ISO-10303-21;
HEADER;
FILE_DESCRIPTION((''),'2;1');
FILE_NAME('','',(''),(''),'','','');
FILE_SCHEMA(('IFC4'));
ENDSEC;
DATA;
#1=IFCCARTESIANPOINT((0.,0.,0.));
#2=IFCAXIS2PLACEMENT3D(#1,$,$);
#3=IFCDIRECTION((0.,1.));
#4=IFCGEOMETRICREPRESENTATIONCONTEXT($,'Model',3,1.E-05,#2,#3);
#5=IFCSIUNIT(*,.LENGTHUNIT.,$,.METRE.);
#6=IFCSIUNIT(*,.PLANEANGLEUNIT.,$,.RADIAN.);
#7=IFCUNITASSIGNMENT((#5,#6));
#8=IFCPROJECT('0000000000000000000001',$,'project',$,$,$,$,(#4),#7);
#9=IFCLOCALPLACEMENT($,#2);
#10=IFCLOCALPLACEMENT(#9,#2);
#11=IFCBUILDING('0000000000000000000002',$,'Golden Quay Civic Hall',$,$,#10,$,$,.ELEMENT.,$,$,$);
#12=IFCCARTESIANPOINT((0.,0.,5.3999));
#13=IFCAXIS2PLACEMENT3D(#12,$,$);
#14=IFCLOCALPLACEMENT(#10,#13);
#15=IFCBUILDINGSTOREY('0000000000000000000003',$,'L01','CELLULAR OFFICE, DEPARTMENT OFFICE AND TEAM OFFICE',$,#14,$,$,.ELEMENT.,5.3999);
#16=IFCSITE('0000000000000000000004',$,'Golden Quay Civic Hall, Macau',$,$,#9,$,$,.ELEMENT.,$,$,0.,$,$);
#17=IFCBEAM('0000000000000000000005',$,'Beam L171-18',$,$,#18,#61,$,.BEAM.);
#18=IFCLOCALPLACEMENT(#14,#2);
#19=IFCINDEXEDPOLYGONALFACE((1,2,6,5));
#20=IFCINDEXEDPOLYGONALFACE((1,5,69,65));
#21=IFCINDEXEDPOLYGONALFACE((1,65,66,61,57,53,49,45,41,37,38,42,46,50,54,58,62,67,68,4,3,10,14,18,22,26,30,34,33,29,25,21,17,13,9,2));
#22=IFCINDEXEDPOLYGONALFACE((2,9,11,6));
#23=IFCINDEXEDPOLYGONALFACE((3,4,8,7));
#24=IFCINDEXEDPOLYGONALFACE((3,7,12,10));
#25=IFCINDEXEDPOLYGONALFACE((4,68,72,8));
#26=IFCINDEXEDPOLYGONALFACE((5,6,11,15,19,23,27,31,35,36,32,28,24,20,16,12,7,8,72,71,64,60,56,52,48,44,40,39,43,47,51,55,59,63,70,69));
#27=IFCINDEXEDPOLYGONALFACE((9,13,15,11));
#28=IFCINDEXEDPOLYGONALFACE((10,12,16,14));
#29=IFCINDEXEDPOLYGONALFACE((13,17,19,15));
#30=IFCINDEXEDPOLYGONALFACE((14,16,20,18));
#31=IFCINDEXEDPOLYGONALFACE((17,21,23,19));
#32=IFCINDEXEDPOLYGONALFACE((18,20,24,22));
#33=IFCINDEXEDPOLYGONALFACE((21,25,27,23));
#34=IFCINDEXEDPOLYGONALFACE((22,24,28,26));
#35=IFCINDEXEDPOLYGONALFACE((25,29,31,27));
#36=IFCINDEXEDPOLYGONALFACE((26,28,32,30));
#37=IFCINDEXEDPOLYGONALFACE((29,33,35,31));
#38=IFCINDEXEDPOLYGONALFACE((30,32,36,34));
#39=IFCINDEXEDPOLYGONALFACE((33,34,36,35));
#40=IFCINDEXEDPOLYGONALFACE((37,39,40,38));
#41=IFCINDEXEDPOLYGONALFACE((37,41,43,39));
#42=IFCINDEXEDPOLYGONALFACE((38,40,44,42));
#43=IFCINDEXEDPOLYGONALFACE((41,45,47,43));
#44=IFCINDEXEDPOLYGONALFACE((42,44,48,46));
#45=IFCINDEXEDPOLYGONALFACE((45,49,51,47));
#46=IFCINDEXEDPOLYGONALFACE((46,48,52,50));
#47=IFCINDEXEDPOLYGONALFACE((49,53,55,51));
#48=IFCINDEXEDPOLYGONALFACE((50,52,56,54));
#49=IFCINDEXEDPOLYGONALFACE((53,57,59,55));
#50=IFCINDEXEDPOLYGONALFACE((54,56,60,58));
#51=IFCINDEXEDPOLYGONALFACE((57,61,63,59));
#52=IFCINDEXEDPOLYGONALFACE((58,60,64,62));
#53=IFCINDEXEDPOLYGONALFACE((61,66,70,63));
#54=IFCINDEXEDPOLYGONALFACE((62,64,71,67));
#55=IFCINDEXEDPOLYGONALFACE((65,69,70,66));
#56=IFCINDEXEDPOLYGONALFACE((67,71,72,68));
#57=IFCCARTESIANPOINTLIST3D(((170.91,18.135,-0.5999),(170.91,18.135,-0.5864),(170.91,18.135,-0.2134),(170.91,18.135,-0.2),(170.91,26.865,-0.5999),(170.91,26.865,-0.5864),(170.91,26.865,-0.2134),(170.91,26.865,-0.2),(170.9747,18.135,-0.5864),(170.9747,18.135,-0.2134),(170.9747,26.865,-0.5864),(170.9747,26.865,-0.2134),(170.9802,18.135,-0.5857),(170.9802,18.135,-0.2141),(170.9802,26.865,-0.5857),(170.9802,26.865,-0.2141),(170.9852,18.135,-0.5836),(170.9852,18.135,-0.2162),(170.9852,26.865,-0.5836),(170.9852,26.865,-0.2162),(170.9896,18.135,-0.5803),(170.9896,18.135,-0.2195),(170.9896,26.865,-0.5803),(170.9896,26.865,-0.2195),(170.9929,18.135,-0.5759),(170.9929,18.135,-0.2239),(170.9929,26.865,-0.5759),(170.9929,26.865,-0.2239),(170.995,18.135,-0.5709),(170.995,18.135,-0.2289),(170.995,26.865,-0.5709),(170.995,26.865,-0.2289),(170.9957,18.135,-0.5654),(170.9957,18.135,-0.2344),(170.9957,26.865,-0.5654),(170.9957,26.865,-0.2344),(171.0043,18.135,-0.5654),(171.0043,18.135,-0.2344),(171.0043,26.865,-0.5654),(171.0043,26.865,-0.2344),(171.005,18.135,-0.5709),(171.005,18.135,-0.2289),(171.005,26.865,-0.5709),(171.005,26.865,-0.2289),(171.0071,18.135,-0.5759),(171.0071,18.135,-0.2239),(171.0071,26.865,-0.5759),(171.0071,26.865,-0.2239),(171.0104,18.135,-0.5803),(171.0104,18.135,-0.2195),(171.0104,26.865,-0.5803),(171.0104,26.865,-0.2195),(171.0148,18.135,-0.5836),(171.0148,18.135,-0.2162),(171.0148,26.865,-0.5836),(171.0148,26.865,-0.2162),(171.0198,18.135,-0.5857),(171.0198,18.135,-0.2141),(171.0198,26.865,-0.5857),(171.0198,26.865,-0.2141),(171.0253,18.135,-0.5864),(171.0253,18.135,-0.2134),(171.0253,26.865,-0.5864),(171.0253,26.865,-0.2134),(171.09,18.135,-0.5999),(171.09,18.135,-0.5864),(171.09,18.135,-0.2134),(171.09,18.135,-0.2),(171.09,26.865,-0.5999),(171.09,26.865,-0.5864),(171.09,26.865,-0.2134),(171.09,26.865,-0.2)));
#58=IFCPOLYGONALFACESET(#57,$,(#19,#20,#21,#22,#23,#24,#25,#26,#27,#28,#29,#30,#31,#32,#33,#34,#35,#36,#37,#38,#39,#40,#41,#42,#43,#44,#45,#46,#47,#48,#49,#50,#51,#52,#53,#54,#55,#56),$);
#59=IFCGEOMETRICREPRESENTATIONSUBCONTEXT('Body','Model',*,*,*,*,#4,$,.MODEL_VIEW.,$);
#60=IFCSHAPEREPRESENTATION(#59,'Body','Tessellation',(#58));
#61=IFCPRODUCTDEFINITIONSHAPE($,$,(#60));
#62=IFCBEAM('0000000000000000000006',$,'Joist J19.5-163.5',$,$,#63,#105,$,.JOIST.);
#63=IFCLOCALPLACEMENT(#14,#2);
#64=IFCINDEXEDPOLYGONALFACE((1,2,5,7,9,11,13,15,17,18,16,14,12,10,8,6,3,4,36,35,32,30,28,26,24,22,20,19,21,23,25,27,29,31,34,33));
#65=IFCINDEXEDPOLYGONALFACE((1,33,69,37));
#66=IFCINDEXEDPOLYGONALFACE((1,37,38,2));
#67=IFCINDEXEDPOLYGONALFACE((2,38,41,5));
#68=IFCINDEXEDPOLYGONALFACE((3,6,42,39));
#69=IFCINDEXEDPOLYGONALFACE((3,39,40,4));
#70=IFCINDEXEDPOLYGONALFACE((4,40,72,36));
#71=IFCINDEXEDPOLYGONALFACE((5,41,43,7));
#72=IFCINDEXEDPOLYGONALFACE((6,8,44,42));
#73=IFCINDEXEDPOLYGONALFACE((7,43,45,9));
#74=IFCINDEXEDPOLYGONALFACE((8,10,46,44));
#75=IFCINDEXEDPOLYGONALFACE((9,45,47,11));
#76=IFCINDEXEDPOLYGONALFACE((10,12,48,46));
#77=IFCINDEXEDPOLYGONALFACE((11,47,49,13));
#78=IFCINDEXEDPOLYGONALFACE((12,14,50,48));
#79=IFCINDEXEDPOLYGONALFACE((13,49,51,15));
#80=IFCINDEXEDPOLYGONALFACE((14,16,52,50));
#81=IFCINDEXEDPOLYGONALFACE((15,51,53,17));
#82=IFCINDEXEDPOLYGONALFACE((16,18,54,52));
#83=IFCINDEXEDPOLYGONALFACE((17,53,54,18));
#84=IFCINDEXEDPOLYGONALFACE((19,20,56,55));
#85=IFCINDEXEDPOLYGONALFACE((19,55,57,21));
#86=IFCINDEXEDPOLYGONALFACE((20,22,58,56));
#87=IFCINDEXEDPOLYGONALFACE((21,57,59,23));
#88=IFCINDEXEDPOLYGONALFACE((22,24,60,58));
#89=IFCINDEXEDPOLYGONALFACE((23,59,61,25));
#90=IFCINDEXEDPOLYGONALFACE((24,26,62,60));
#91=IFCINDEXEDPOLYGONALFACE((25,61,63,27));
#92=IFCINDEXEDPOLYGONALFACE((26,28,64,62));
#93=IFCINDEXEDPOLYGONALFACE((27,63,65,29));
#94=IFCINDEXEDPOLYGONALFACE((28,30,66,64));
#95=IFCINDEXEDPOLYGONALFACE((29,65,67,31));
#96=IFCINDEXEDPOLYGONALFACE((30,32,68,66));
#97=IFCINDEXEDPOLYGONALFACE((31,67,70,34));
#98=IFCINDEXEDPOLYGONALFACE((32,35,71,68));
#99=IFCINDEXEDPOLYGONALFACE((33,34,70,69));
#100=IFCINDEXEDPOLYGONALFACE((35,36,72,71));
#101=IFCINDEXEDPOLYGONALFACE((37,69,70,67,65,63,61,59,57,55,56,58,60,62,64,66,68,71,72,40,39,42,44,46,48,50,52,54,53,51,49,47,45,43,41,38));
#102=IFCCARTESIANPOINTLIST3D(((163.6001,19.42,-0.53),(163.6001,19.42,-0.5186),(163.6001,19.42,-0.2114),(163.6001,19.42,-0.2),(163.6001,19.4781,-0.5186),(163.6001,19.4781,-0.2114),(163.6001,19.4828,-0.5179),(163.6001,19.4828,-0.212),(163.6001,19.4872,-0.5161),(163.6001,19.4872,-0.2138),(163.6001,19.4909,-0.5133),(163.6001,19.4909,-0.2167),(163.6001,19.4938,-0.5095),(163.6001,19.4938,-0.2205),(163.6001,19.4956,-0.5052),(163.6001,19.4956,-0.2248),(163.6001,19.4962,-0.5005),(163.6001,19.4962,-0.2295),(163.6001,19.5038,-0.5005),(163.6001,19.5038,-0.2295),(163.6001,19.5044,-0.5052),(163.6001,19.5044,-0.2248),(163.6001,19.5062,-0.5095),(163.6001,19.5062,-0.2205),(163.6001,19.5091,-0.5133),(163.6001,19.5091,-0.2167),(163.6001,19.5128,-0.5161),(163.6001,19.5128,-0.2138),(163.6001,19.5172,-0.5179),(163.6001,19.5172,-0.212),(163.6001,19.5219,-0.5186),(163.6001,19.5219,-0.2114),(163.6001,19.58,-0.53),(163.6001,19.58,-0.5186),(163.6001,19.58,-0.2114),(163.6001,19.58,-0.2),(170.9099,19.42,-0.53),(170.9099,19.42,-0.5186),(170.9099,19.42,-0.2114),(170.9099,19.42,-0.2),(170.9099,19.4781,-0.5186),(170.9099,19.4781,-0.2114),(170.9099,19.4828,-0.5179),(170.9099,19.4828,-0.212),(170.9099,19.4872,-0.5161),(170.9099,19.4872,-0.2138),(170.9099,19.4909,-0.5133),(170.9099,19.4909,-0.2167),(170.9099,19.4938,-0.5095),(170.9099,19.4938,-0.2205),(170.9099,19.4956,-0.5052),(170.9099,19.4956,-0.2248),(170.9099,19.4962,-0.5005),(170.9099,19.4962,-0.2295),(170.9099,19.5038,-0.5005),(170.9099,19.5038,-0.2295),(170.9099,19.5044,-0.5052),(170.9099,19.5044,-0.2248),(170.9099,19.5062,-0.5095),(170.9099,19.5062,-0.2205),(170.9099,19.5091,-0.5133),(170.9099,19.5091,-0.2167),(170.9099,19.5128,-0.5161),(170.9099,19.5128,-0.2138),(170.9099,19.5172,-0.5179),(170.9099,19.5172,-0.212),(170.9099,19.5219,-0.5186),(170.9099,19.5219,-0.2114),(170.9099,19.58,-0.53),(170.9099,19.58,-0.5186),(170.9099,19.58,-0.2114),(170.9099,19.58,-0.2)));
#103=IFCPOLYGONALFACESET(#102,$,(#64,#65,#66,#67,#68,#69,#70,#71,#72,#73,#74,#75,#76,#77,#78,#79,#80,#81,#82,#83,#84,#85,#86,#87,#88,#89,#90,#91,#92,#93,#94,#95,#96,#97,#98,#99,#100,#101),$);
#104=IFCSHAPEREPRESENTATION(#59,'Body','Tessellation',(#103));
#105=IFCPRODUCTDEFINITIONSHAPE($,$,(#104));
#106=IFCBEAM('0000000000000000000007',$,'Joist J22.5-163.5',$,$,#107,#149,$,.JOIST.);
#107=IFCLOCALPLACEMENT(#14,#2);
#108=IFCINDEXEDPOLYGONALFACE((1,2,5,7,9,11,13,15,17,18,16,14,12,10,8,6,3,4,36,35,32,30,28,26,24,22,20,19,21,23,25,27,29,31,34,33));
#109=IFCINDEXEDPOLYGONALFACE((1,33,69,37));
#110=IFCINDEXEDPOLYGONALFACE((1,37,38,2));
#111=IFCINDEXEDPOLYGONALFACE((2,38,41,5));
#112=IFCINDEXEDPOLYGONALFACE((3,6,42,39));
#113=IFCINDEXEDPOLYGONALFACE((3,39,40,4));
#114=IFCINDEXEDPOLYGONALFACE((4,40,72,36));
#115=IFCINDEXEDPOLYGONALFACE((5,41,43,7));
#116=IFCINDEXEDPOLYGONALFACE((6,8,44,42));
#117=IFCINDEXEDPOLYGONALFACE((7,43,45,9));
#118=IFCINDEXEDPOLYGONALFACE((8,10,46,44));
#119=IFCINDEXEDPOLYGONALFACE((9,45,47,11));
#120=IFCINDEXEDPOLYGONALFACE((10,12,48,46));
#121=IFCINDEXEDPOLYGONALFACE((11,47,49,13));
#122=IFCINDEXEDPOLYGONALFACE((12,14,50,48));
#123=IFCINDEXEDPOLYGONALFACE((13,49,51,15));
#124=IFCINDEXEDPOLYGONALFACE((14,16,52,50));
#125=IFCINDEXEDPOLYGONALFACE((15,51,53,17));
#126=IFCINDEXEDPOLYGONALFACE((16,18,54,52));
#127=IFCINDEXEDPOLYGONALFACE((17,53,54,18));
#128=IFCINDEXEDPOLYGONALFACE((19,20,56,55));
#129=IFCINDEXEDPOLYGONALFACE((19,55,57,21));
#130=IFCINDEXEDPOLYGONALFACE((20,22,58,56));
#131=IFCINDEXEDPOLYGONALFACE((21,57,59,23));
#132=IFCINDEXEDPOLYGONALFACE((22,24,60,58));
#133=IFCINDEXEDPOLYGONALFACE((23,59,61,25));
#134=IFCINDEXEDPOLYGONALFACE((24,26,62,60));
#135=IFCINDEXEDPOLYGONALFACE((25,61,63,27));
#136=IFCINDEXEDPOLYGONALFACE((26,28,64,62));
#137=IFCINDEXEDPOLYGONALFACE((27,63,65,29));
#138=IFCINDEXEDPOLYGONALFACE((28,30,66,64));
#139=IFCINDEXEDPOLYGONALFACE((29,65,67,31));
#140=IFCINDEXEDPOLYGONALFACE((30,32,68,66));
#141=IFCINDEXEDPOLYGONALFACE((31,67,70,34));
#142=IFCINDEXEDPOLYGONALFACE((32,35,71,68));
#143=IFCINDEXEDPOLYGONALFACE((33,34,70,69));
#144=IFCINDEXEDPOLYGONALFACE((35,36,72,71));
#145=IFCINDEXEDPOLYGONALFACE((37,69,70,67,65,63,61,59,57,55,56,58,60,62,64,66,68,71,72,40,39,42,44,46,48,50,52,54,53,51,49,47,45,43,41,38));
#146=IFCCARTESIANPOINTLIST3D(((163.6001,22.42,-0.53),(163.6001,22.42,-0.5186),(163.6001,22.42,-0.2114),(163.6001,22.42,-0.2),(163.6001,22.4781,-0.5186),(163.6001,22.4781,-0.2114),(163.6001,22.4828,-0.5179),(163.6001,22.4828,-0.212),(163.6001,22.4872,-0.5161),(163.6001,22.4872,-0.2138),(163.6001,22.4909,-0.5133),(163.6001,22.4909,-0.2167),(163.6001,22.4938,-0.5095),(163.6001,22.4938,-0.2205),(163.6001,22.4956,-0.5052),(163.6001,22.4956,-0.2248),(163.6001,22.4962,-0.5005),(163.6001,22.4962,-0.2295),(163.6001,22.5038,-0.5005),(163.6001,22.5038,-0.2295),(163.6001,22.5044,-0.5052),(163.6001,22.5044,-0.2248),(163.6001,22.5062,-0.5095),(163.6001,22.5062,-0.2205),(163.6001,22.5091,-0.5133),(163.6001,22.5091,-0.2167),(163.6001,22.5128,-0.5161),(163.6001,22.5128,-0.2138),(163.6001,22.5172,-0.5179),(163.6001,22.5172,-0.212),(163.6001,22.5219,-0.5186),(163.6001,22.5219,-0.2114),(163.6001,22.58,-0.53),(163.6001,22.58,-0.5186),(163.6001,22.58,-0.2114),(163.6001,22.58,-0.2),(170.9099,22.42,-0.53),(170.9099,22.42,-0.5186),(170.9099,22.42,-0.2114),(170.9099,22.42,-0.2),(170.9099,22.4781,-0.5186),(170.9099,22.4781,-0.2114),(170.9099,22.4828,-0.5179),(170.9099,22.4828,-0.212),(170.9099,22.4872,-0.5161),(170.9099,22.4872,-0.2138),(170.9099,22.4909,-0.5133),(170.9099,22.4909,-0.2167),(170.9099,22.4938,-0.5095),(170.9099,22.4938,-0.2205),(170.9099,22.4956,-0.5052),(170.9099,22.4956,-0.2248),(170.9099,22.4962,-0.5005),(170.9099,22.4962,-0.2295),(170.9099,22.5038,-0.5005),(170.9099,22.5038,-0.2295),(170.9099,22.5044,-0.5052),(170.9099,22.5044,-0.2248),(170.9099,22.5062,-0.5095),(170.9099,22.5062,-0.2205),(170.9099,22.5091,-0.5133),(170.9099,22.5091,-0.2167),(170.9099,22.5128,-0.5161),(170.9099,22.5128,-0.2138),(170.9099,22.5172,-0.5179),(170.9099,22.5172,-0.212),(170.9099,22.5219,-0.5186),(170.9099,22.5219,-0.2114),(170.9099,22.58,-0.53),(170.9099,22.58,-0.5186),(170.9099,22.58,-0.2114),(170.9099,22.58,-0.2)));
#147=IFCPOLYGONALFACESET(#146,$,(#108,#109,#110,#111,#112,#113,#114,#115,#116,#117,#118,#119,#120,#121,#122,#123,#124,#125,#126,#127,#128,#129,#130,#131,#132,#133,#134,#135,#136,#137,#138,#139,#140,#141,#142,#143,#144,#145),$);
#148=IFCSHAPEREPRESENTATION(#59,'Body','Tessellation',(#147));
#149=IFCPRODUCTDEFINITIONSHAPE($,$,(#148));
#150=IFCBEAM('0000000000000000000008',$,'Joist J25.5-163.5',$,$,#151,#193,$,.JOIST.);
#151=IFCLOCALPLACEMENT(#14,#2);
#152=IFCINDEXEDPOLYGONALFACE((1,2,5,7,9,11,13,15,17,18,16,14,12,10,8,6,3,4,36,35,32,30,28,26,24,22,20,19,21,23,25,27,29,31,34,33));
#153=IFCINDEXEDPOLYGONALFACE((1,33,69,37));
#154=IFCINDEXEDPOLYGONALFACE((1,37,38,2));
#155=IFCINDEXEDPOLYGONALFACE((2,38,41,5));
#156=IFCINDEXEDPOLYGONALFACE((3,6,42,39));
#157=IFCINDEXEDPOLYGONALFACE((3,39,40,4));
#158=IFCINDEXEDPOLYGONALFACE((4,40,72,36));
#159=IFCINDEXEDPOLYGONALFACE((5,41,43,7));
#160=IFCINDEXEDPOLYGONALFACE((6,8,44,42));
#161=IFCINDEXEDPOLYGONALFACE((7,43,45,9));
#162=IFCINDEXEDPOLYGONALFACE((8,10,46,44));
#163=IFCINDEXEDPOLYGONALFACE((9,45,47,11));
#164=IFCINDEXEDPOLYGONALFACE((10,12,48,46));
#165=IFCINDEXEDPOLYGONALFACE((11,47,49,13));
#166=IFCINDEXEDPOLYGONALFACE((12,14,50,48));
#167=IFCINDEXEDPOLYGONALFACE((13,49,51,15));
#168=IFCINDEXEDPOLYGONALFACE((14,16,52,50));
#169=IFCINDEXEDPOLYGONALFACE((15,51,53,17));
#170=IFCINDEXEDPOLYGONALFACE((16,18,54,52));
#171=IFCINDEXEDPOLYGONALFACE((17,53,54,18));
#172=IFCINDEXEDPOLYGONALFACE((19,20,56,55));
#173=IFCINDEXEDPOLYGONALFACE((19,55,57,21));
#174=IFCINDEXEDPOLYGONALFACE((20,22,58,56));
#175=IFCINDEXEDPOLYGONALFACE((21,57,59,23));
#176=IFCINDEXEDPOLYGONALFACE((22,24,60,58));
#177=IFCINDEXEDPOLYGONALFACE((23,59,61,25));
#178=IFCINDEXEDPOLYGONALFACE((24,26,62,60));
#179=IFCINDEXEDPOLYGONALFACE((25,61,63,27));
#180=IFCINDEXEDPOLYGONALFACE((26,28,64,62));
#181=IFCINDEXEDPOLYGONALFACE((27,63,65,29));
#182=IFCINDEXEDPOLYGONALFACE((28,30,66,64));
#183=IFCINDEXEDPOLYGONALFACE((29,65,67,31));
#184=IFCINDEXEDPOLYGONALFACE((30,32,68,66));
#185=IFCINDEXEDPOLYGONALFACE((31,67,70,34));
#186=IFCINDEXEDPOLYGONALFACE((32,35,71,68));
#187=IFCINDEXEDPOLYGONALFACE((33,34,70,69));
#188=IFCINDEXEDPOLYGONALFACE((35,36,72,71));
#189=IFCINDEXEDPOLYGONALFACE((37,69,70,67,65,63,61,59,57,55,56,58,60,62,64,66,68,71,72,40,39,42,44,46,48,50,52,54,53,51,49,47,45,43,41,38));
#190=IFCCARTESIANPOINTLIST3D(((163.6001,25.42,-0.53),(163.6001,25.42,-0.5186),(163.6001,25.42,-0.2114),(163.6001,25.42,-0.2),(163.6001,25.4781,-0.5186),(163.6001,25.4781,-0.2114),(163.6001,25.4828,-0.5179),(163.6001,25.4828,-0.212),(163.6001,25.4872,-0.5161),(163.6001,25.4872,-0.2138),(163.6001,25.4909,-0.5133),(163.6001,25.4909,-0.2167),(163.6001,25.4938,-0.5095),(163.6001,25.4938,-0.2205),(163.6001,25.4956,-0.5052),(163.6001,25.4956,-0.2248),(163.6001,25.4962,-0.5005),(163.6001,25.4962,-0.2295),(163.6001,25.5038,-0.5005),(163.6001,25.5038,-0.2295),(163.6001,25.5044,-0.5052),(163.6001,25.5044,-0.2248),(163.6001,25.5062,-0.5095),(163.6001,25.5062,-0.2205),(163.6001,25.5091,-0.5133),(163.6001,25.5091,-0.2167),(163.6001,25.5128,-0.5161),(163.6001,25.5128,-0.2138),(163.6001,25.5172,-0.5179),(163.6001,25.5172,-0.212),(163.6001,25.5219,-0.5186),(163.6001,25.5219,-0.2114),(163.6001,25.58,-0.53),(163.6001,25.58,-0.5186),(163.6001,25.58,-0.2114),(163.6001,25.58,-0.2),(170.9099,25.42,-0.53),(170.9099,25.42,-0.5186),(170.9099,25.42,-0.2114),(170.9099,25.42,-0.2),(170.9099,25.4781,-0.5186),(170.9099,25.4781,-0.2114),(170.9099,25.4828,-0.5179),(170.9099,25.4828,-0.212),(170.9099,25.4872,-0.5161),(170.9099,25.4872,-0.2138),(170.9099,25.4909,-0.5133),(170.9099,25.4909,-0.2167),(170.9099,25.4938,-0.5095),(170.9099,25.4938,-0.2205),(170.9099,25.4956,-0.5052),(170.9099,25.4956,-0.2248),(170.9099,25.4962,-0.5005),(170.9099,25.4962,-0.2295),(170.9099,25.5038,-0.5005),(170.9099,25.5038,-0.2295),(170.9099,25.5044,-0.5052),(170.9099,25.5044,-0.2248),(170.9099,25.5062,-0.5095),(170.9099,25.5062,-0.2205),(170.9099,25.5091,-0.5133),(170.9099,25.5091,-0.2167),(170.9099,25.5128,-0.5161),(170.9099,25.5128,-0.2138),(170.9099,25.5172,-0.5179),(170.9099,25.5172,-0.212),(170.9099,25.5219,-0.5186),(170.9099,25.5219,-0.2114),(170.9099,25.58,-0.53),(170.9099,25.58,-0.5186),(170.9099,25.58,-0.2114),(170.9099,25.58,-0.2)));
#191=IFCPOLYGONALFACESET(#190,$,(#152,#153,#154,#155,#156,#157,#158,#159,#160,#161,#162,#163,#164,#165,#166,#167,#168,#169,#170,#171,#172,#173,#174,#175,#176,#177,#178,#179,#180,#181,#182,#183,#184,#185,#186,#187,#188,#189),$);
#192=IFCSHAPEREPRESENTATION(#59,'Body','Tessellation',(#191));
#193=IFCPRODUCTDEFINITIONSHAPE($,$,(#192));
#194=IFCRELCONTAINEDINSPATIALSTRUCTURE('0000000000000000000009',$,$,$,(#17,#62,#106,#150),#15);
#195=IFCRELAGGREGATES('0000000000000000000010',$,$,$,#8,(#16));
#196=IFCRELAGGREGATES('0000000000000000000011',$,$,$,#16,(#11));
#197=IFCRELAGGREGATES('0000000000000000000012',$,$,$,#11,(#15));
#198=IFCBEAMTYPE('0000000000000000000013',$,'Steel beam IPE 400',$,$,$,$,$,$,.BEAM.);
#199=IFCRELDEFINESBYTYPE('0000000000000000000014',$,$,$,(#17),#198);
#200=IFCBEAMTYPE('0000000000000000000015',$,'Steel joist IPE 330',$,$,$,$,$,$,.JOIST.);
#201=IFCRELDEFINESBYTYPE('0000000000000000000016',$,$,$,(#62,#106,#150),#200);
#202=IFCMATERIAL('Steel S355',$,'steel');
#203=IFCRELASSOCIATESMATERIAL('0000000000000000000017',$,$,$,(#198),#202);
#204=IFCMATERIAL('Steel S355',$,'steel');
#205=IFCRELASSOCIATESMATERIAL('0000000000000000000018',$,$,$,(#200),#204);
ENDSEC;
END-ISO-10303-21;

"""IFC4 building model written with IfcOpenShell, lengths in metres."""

from ifc_helpers import new_model, si_unit, direction, frame, origin, origin_2d, place, context, subcontext, project, spatial, i_section, extrude, material, material_profile, profile_set, type_object, element, save


model = new_model("IFC4")

# Units and contexts
model_context = context("Model", 3, precision=1e-05, world=origin(), true_north=direction((0.0, 1.0)))
body_context = subcontext(model_context, "Body", "Model", "MODEL_VIEW")
ifc_project = project(units=[si_unit("LENGTHUNIT", "METRE"), si_unit("PLANEANGLEUNIT", "RADIAN")], contexts=[model_context])

# Site, building, storey
site_placement = place(None, origin())
site = spatial("IfcSite", under=ifc_project, at=site_placement, Name="Golden Quay Civic Hall, Macau", CompositionType="ELEMENT", RefElevation=0.0)
building_placement = place(site_placement, origin())
building = spatial("IfcBuilding", under=site, at=building_placement, Name="Golden Quay Civic Hall", CompositionType="ELEMENT")
storey_placement = place(building_placement, frame((0.0, 0.0, 5.3999)))
storey = spatial("IfcBuildingStorey", under=building, at=storey_placement, Name="L01", Description="CELLULAR OFFICE, DEPARTMENT OFFICE AND TEAM OFFICE", CompositionType="ELEMENT", Elevation=5.3999)

# Beams
ifc_material_1 = material(Name="Steel S355", Category="steel")
ifc_material_profile_1 = material_profile(ifc_material_1, i_section(OverallWidth=0.1799, OverallDepth=0.3999, WebThickness=0.0085, FlangeThickness=0.0134, FilletRadius=0.021, at=origin_2d()), Name="IPE 400")
ifc_profile_set_1 = profile_set([ifc_material_profile_1], Name="Steel S355")
beam_type_1 = type_object("IfcBeamType", Name="Steel beam IPE 400", PredefinedType="BEAM", material=ifc_profile_set_1)
beam_1_placement = place(storey_placement, frame((171.0, 18.135, -0.3999), z_axis=(0.0, 1.0, 0.0), x_axis=(-1.0, 0.0, 0.0)))
element("IfcBeam", 1, at=beam_1_placement, inside=storey, type_object=beam_type_1, Name="Beam L171-18", PredefinedType="BEAM", context=body_context, shape_type="SweptSolid", body=[
    extrude(i_section(OverallWidth=0.1799, OverallDepth=0.3999, WebThickness=0.0085, FlangeThickness=0.0134, FilletRadius=0.021, at=origin_2d()), origin(), (0.0, 0.0, 1.0), 8.73),
])
ifc_material_2 = material(Name="Steel S355", Category="steel")
ifc_material_profile_2 = material_profile(ifc_material_2, i_section(OverallWidth=0.1599, OverallDepth=0.3301, WebThickness=0.0076, FlangeThickness=0.0115, FilletRadius=0.0181, at=origin_2d()), Name="IPE 330")
ifc_profile_set_2 = profile_set([ifc_material_profile_2], Name="Steel S355")
beam_type_2 = type_object("IfcBeamType", Name="Steel joist IPE 330", PredefinedType="JOIST", material=ifc_profile_set_2)
for number, where, z_axis, x_axis, name in (
    (2, (163.6001, 19.5, -0.365), (1.0, 0.0, 0.0), (0.0, 1.0, 0.0), "Joist J19.5-163.5"),
    (3, (163.6001, 22.5, -0.365), (1.0, 0.0, 0.0), (0.0, 1.0, 0.0), "Joist J22.5-163.5"),
    (4, (163.6001, 25.5, -0.365), (1.0, 0.0, 0.0), (0.0, 1.0, 0.0), "Joist J25.5-163.5"),
):
    element("IfcBeam", number, at=place(storey_placement, frame(where, z_axis=z_axis, x_axis=x_axis)), inside=storey, type_object=beam_type_2, Name=name, PredefinedType="JOIST", context=body_context, shape_type="SweptSolid", body=[
        extrude(i_section(OverallWidth=0.1599, OverallDepth=0.3301, WebThickness=0.0076, FlangeThickness=0.0115, FilletRadius=0.0181, at=origin_2d()), origin(), (0.0, 0.0, 1.0), 7.3098),
    ])

save(model, "model.ifc")
